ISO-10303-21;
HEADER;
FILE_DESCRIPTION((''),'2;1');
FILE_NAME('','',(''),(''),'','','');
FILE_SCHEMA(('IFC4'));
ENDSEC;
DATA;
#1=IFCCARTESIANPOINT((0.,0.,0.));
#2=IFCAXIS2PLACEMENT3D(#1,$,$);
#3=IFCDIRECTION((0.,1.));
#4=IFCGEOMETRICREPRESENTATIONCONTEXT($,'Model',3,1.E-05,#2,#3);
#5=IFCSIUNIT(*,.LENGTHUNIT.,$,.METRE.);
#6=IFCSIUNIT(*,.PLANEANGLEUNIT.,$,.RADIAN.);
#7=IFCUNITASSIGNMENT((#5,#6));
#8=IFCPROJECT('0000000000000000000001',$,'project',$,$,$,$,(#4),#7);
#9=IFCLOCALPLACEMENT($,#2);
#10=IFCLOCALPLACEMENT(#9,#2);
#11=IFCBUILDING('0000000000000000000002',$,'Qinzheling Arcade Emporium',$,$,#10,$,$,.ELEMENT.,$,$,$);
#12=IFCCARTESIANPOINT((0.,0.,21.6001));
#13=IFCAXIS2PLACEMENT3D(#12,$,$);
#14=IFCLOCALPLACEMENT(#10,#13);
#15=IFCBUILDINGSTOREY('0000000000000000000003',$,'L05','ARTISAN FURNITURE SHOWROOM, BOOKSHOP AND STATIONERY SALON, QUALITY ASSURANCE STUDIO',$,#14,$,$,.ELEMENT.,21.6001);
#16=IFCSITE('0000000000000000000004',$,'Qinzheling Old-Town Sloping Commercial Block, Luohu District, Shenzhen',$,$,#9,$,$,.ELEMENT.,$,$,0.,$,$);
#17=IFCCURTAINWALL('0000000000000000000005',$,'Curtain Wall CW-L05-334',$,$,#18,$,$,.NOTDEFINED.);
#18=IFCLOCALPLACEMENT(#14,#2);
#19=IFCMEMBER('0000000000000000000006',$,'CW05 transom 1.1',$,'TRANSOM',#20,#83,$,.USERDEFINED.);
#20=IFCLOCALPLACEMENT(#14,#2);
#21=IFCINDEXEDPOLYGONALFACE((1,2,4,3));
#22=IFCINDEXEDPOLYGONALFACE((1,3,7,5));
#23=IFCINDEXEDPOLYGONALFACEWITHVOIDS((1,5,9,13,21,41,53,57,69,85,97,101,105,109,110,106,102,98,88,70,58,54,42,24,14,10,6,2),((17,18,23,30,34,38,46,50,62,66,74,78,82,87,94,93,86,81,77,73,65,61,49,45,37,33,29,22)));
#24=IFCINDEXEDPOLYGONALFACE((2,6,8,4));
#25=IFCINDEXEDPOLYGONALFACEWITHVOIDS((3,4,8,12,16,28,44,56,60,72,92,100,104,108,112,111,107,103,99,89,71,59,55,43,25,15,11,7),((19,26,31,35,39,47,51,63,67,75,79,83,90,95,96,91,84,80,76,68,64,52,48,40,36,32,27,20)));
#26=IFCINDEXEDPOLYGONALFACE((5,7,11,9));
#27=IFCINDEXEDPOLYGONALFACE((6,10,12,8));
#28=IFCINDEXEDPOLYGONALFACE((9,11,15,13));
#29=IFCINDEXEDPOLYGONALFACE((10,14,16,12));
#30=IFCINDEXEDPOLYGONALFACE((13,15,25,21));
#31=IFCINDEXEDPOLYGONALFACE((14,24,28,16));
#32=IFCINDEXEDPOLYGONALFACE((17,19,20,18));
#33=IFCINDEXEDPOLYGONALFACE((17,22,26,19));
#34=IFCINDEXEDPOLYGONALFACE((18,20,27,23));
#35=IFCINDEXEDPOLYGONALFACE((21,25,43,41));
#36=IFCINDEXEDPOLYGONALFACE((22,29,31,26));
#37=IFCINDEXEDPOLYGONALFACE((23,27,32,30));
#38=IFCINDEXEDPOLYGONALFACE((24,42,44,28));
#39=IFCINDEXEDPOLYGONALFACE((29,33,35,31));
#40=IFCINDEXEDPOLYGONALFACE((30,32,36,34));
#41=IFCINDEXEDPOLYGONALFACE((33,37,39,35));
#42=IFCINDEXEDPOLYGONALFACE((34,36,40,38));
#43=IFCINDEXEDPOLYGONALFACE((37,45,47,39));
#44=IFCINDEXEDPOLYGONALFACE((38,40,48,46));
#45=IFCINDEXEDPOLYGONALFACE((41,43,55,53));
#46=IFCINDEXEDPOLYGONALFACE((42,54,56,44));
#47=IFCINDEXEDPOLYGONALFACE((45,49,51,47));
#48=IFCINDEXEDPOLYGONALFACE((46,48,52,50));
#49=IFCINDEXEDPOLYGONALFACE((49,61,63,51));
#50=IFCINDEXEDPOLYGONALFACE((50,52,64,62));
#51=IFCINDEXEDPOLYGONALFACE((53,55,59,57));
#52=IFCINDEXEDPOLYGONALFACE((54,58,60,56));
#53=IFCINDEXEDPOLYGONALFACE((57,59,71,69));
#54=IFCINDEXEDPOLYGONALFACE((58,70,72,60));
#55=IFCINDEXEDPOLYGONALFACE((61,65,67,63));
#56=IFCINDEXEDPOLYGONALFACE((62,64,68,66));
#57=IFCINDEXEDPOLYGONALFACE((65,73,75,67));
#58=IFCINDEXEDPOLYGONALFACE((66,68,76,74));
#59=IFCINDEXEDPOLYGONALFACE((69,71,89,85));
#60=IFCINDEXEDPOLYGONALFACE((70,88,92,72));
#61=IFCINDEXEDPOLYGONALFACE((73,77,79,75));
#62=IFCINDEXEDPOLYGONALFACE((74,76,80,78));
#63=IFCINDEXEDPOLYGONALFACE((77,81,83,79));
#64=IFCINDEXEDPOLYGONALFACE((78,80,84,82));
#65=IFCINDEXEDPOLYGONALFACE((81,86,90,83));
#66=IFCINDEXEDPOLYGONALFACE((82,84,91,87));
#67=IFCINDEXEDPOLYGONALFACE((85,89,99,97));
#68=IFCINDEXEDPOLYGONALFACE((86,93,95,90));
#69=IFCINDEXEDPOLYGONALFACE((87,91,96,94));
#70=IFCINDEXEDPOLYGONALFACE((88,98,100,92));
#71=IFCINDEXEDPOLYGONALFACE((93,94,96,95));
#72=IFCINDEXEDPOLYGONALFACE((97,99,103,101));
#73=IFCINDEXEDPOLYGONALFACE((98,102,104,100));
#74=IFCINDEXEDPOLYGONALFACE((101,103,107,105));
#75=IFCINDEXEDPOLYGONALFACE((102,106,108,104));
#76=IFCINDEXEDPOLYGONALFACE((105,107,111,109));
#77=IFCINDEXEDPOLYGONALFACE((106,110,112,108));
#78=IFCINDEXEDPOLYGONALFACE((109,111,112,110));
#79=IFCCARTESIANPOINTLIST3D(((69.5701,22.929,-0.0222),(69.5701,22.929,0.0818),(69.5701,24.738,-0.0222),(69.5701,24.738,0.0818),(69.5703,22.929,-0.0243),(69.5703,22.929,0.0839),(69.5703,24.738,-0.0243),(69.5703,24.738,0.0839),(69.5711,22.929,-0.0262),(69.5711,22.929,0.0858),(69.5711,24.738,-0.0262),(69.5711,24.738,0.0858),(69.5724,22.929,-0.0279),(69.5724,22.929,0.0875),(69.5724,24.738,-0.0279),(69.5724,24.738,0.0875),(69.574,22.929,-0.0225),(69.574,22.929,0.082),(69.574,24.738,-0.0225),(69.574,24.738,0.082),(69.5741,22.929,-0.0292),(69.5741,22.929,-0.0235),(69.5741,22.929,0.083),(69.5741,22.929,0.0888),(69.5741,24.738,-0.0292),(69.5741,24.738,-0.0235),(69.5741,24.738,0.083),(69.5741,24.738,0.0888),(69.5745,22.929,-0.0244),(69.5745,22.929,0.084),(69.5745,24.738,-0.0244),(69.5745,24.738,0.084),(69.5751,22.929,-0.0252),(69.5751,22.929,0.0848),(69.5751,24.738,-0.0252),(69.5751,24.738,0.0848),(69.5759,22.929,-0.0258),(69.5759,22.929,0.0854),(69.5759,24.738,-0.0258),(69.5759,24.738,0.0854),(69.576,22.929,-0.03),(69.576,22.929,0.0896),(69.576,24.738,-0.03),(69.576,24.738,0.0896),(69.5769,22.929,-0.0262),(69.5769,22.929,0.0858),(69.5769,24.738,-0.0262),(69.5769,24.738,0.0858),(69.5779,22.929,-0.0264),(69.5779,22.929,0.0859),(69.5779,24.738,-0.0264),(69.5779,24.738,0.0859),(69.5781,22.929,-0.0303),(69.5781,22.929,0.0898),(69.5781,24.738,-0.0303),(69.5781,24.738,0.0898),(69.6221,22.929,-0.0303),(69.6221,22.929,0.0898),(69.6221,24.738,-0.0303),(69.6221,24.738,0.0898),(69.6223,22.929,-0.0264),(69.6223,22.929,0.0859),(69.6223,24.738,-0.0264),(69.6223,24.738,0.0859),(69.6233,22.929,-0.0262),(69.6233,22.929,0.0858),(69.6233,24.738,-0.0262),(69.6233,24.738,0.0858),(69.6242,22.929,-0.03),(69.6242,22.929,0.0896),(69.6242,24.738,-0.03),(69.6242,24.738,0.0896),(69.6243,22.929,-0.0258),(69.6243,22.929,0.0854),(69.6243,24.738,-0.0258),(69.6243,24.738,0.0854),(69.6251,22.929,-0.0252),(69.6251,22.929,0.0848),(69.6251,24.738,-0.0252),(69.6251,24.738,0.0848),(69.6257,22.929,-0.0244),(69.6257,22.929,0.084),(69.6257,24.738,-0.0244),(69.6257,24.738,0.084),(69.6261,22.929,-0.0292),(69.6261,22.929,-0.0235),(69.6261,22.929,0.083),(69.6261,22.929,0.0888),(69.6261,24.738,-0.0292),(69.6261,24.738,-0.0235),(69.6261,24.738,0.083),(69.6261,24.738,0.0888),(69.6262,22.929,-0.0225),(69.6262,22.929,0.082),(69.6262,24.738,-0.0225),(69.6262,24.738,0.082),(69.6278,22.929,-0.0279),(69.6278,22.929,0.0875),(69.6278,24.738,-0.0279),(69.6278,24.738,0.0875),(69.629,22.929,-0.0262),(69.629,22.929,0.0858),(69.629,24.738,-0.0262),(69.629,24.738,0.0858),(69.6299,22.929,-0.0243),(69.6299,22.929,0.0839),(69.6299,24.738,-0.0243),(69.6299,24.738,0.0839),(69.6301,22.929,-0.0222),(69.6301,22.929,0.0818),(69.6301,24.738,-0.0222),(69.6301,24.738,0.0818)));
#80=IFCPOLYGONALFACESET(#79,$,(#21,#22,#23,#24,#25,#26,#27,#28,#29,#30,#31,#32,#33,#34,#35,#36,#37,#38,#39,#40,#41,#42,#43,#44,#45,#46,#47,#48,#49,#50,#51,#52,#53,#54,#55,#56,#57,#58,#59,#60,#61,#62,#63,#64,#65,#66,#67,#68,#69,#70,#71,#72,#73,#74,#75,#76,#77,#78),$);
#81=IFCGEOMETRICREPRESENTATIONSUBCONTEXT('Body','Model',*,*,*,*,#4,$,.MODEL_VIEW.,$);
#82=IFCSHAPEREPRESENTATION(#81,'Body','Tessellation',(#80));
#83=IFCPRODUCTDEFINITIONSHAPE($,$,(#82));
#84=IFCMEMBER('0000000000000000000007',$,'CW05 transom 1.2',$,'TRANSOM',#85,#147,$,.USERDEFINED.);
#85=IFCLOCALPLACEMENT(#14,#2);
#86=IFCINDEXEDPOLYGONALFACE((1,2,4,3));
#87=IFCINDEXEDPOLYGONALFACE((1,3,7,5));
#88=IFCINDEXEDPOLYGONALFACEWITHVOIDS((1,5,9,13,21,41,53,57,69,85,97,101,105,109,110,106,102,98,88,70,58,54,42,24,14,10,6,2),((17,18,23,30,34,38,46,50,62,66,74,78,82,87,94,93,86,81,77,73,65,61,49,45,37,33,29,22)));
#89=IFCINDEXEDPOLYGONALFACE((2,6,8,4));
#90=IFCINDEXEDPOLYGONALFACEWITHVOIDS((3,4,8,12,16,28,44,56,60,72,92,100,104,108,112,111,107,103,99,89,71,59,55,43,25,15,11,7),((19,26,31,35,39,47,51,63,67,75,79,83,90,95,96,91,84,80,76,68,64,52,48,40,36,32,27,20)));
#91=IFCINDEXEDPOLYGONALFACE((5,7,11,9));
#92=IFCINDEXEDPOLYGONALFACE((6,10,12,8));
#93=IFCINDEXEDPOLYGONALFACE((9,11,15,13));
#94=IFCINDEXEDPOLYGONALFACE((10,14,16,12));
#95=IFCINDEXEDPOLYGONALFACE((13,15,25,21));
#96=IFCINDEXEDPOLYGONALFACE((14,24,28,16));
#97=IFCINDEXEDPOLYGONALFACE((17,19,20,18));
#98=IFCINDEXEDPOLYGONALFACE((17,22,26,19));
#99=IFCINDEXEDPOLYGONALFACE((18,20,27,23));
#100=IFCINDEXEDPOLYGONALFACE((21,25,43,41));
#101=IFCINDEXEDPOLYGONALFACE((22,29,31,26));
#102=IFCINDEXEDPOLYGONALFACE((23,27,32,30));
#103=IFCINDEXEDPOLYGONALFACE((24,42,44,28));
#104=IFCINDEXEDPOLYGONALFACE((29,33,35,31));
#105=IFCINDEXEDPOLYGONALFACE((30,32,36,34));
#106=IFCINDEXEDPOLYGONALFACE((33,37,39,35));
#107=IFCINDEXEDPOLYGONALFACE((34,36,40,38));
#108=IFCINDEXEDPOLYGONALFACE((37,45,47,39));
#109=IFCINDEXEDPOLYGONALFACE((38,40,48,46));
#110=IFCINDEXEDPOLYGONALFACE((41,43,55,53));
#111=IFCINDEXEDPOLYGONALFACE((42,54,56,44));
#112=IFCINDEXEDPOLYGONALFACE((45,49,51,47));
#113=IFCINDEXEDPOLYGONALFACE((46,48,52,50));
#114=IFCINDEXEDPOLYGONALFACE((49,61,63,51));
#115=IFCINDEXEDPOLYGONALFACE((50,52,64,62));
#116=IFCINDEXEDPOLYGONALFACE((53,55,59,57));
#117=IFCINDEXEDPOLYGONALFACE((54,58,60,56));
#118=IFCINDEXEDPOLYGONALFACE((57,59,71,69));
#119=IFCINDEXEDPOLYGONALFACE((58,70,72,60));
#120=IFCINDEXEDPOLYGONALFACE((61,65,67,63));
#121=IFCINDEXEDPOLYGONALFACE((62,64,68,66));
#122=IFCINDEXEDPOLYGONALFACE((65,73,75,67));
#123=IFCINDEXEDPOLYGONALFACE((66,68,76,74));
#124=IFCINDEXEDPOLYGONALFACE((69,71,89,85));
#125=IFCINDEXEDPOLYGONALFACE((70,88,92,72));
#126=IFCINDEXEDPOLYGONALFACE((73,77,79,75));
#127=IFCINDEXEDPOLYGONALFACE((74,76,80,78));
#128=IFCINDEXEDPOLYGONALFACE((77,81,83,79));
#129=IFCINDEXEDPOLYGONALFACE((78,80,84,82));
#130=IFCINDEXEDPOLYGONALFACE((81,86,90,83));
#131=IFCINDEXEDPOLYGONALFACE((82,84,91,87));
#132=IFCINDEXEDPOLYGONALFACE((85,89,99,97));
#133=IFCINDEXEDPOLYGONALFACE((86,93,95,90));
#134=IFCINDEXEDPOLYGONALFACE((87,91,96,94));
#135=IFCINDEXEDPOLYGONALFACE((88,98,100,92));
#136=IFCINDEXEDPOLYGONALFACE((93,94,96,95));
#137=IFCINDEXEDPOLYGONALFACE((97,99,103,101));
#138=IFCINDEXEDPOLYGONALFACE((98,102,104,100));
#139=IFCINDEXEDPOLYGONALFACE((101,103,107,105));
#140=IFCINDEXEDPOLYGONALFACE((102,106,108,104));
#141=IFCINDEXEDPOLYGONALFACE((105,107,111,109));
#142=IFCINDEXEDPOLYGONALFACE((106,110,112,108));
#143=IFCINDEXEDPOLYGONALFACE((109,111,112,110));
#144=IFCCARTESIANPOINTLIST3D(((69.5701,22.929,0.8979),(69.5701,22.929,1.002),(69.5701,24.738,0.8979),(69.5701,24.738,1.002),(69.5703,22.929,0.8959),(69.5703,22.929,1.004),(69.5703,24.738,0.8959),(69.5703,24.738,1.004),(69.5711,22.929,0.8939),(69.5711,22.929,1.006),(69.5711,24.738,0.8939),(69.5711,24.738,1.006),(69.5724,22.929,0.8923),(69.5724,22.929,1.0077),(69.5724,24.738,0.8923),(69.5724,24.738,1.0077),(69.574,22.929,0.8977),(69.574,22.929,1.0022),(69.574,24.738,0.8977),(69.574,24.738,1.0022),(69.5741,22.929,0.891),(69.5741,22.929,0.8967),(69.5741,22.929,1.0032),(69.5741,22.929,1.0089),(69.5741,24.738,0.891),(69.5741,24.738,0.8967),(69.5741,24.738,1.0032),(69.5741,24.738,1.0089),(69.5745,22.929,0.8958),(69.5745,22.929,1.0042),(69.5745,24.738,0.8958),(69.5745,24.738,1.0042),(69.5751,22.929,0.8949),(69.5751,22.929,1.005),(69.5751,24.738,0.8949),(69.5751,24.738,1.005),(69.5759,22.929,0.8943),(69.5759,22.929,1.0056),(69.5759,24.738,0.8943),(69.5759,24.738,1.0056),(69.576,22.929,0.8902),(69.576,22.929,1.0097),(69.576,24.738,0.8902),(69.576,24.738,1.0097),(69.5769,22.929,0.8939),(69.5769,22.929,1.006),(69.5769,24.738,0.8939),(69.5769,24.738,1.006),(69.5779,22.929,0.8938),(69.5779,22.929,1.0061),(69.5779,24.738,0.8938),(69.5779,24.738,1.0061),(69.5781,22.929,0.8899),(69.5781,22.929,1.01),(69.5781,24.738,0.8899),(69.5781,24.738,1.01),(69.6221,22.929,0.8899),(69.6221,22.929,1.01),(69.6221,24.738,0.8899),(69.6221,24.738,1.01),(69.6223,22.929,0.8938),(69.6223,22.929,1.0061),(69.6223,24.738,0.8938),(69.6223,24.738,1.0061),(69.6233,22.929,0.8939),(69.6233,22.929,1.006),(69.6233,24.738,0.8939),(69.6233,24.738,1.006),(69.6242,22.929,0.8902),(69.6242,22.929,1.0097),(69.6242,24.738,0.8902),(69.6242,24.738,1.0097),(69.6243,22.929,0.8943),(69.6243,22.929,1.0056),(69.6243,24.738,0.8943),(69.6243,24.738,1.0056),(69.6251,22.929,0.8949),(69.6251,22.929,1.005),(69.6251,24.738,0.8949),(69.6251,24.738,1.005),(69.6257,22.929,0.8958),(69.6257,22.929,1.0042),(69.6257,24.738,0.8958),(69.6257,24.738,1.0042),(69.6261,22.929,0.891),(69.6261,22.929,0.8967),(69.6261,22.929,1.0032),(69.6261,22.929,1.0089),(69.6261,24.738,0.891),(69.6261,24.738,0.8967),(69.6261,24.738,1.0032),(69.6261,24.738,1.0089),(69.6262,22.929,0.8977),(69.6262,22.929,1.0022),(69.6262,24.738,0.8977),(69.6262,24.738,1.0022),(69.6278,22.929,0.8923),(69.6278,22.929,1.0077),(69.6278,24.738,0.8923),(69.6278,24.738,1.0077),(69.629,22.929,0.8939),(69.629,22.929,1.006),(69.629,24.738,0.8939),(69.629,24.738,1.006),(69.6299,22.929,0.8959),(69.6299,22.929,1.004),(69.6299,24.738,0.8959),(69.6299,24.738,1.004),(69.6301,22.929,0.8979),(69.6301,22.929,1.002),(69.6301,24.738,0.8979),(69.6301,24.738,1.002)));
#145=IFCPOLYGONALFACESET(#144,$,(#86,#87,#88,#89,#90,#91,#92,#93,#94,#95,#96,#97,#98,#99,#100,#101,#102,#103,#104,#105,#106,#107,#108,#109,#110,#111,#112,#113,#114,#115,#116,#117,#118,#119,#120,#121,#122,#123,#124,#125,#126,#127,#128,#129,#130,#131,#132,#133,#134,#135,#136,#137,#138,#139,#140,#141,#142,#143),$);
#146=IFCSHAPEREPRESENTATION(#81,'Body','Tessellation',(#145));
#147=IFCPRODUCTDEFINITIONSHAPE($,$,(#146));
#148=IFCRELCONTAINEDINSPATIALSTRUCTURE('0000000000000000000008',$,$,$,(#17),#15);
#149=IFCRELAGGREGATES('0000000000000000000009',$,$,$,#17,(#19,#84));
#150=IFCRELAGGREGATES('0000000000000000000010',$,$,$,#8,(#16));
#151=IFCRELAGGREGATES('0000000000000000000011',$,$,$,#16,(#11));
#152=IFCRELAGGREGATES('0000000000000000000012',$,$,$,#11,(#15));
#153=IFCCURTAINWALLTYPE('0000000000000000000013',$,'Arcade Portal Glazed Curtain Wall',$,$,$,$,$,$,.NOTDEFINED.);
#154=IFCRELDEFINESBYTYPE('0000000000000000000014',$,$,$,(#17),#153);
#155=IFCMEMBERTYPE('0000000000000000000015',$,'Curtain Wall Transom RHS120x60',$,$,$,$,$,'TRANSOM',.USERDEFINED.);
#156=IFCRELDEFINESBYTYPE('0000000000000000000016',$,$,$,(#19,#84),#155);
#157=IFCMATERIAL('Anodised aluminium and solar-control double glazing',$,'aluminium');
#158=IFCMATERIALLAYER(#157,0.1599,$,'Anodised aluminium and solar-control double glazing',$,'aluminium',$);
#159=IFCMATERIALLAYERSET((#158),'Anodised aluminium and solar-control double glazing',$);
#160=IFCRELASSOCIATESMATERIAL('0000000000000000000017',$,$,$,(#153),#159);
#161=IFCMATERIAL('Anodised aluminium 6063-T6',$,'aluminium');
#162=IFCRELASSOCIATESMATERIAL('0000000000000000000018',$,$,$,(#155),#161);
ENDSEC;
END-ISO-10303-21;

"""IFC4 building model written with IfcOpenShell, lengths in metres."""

from ifc_helpers import new_model, si_unit, direction, frame, origin, origin_2d, place, context, subcontext, project, spatial, hollow_rectangle, extrude, material, layer, layer_set, material_profile, profile_set, type_object, element, aggregate, save


model = new_model("IFC4")

# Units and contexts
model_context = context("Model", 3, precision=1e-05, world=origin(), true_north=direction((0.0, 1.0)))
body_context = subcontext(model_context, "Body", "Model", "MODEL_VIEW")
ifc_project = project(units=[si_unit("LENGTHUNIT", "METRE"), si_unit("PLANEANGLEUNIT", "RADIAN")], contexts=[model_context])

# Site, building, storey
site_placement = place(None, origin())
site = spatial("IfcSite", under=ifc_project, at=site_placement, Name="Qinzheling Old-Town Sloping Commercial Block, Luohu District, Shenzhen", CompositionType="ELEMENT", RefElevation=0.0)
building_placement = place(site_placement, origin())
building = spatial("IfcBuilding", under=site, at=building_placement, Name="Qinzheling Arcade Emporium", CompositionType="ELEMENT")
storey_placement = place(building_placement, frame((0.0, 0.0, 21.6001)))
storey = spatial("IfcBuildingStorey", under=building, at=storey_placement, Name="L05", Description="ARTISAN FURNITURE SHOWROOM, BOOKSHOP AND STATIONERY SALON, QUALITY ASSURANCE STUDIO", CompositionType="ELEMENT", Elevation=21.6001)

# Curtain wall, members
ifc_material_1 = material(Name="Anodised aluminium and solar-control double glazing", Category="aluminium")
ifc_layer_1 = layer(ifc_material_1, 0.1599, Name="Anodised aluminium and solar-control double glazing", Category="aluminium")
ifc_layer_set_1 = layer_set([ifc_layer_1], Name="Anodised aluminium and solar-control double glazing")
curtain_wall_type = type_object("IfcCurtainWallType", Name="Arcade Portal Glazed Curtain Wall", PredefinedType="NOTDEFINED", material=ifc_layer_set_1)
curtain_wall_placement = place(storey_placement, origin())
curtain_wall = element("IfcCurtainWall", 1, at=curtain_wall_placement, inside=storey, type_object=curtain_wall_type, Name="Curtain Wall CW-L05-334", PredefinedType="NOTDEFINED")
ifc_material_2 = material(Name="Anodised aluminium 6063-T6", Category="aluminium")
ifc_material_profile_1 = material_profile(ifc_material_2, hollow_rectangle(XDim=0.0601, YDim=0.1201, WallThickness=0.0039, InnerFilletRadius=0.0039, OuterFilletRadius=0.0081, at=origin_2d()), Name="RHS 120x60x4", Category="aluminium")
ifc_profile_set_1 = profile_set([ifc_material_profile_1], Name="Anodised aluminium 6063-T6")
member_type_1 = type_object("IfcMemberType", Name="Curtain Wall Transom RHS120x60", ElementType="TRANSOM", PredefinedType="USERDEFINED", material=ifc_profile_set_1)
member_1_placement = place(storey_placement, frame((69.6001, 24.738, 0.0298), z_axis=(0.0, -1.0, 0.0), x_axis=(1.0, 0.0, 0.0)))
member_1 = element("IfcMember", 2, at=member_1_placement, type_object=member_type_1, Name="CW05 transom 1.1", ObjectType="TRANSOM", PredefinedType="USERDEFINED", context=body_context, shape_type="SweptSolid", body=[
    extrude(hollow_rectangle(XDim=0.0601, YDim=0.1201, WallThickness=0.0039, InnerFilletRadius=0.0039, OuterFilletRadius=0.0081, at=origin_2d()), origin(), (0.0, 0.0, 1.0), 1.8091),
])
member_2_placement = place(storey_placement, frame((69.6001, 24.738, 0.95), z_axis=(0.0, -1.0, 0.0), x_axis=(1.0, 0.0, 0.0)))
member_2 = element("IfcMember", 3, at=member_2_placement, type_object=member_type_1, Name="CW05 transom 1.2", ObjectType="TRANSOM", PredefinedType="USERDEFINED", context=body_context, shape_type="SweptSolid", body=[
    extrude(hollow_rectangle(XDim=0.0601, YDim=0.1201, WallThickness=0.0039, InnerFilletRadius=0.0039, OuterFilletRadius=0.0081, at=origin_2d()), origin(), (0.0, 0.0, 1.0), 1.8091),
])
aggregate(curtain_wall, [member_1, member_2])

save(model, "model.ifc")
